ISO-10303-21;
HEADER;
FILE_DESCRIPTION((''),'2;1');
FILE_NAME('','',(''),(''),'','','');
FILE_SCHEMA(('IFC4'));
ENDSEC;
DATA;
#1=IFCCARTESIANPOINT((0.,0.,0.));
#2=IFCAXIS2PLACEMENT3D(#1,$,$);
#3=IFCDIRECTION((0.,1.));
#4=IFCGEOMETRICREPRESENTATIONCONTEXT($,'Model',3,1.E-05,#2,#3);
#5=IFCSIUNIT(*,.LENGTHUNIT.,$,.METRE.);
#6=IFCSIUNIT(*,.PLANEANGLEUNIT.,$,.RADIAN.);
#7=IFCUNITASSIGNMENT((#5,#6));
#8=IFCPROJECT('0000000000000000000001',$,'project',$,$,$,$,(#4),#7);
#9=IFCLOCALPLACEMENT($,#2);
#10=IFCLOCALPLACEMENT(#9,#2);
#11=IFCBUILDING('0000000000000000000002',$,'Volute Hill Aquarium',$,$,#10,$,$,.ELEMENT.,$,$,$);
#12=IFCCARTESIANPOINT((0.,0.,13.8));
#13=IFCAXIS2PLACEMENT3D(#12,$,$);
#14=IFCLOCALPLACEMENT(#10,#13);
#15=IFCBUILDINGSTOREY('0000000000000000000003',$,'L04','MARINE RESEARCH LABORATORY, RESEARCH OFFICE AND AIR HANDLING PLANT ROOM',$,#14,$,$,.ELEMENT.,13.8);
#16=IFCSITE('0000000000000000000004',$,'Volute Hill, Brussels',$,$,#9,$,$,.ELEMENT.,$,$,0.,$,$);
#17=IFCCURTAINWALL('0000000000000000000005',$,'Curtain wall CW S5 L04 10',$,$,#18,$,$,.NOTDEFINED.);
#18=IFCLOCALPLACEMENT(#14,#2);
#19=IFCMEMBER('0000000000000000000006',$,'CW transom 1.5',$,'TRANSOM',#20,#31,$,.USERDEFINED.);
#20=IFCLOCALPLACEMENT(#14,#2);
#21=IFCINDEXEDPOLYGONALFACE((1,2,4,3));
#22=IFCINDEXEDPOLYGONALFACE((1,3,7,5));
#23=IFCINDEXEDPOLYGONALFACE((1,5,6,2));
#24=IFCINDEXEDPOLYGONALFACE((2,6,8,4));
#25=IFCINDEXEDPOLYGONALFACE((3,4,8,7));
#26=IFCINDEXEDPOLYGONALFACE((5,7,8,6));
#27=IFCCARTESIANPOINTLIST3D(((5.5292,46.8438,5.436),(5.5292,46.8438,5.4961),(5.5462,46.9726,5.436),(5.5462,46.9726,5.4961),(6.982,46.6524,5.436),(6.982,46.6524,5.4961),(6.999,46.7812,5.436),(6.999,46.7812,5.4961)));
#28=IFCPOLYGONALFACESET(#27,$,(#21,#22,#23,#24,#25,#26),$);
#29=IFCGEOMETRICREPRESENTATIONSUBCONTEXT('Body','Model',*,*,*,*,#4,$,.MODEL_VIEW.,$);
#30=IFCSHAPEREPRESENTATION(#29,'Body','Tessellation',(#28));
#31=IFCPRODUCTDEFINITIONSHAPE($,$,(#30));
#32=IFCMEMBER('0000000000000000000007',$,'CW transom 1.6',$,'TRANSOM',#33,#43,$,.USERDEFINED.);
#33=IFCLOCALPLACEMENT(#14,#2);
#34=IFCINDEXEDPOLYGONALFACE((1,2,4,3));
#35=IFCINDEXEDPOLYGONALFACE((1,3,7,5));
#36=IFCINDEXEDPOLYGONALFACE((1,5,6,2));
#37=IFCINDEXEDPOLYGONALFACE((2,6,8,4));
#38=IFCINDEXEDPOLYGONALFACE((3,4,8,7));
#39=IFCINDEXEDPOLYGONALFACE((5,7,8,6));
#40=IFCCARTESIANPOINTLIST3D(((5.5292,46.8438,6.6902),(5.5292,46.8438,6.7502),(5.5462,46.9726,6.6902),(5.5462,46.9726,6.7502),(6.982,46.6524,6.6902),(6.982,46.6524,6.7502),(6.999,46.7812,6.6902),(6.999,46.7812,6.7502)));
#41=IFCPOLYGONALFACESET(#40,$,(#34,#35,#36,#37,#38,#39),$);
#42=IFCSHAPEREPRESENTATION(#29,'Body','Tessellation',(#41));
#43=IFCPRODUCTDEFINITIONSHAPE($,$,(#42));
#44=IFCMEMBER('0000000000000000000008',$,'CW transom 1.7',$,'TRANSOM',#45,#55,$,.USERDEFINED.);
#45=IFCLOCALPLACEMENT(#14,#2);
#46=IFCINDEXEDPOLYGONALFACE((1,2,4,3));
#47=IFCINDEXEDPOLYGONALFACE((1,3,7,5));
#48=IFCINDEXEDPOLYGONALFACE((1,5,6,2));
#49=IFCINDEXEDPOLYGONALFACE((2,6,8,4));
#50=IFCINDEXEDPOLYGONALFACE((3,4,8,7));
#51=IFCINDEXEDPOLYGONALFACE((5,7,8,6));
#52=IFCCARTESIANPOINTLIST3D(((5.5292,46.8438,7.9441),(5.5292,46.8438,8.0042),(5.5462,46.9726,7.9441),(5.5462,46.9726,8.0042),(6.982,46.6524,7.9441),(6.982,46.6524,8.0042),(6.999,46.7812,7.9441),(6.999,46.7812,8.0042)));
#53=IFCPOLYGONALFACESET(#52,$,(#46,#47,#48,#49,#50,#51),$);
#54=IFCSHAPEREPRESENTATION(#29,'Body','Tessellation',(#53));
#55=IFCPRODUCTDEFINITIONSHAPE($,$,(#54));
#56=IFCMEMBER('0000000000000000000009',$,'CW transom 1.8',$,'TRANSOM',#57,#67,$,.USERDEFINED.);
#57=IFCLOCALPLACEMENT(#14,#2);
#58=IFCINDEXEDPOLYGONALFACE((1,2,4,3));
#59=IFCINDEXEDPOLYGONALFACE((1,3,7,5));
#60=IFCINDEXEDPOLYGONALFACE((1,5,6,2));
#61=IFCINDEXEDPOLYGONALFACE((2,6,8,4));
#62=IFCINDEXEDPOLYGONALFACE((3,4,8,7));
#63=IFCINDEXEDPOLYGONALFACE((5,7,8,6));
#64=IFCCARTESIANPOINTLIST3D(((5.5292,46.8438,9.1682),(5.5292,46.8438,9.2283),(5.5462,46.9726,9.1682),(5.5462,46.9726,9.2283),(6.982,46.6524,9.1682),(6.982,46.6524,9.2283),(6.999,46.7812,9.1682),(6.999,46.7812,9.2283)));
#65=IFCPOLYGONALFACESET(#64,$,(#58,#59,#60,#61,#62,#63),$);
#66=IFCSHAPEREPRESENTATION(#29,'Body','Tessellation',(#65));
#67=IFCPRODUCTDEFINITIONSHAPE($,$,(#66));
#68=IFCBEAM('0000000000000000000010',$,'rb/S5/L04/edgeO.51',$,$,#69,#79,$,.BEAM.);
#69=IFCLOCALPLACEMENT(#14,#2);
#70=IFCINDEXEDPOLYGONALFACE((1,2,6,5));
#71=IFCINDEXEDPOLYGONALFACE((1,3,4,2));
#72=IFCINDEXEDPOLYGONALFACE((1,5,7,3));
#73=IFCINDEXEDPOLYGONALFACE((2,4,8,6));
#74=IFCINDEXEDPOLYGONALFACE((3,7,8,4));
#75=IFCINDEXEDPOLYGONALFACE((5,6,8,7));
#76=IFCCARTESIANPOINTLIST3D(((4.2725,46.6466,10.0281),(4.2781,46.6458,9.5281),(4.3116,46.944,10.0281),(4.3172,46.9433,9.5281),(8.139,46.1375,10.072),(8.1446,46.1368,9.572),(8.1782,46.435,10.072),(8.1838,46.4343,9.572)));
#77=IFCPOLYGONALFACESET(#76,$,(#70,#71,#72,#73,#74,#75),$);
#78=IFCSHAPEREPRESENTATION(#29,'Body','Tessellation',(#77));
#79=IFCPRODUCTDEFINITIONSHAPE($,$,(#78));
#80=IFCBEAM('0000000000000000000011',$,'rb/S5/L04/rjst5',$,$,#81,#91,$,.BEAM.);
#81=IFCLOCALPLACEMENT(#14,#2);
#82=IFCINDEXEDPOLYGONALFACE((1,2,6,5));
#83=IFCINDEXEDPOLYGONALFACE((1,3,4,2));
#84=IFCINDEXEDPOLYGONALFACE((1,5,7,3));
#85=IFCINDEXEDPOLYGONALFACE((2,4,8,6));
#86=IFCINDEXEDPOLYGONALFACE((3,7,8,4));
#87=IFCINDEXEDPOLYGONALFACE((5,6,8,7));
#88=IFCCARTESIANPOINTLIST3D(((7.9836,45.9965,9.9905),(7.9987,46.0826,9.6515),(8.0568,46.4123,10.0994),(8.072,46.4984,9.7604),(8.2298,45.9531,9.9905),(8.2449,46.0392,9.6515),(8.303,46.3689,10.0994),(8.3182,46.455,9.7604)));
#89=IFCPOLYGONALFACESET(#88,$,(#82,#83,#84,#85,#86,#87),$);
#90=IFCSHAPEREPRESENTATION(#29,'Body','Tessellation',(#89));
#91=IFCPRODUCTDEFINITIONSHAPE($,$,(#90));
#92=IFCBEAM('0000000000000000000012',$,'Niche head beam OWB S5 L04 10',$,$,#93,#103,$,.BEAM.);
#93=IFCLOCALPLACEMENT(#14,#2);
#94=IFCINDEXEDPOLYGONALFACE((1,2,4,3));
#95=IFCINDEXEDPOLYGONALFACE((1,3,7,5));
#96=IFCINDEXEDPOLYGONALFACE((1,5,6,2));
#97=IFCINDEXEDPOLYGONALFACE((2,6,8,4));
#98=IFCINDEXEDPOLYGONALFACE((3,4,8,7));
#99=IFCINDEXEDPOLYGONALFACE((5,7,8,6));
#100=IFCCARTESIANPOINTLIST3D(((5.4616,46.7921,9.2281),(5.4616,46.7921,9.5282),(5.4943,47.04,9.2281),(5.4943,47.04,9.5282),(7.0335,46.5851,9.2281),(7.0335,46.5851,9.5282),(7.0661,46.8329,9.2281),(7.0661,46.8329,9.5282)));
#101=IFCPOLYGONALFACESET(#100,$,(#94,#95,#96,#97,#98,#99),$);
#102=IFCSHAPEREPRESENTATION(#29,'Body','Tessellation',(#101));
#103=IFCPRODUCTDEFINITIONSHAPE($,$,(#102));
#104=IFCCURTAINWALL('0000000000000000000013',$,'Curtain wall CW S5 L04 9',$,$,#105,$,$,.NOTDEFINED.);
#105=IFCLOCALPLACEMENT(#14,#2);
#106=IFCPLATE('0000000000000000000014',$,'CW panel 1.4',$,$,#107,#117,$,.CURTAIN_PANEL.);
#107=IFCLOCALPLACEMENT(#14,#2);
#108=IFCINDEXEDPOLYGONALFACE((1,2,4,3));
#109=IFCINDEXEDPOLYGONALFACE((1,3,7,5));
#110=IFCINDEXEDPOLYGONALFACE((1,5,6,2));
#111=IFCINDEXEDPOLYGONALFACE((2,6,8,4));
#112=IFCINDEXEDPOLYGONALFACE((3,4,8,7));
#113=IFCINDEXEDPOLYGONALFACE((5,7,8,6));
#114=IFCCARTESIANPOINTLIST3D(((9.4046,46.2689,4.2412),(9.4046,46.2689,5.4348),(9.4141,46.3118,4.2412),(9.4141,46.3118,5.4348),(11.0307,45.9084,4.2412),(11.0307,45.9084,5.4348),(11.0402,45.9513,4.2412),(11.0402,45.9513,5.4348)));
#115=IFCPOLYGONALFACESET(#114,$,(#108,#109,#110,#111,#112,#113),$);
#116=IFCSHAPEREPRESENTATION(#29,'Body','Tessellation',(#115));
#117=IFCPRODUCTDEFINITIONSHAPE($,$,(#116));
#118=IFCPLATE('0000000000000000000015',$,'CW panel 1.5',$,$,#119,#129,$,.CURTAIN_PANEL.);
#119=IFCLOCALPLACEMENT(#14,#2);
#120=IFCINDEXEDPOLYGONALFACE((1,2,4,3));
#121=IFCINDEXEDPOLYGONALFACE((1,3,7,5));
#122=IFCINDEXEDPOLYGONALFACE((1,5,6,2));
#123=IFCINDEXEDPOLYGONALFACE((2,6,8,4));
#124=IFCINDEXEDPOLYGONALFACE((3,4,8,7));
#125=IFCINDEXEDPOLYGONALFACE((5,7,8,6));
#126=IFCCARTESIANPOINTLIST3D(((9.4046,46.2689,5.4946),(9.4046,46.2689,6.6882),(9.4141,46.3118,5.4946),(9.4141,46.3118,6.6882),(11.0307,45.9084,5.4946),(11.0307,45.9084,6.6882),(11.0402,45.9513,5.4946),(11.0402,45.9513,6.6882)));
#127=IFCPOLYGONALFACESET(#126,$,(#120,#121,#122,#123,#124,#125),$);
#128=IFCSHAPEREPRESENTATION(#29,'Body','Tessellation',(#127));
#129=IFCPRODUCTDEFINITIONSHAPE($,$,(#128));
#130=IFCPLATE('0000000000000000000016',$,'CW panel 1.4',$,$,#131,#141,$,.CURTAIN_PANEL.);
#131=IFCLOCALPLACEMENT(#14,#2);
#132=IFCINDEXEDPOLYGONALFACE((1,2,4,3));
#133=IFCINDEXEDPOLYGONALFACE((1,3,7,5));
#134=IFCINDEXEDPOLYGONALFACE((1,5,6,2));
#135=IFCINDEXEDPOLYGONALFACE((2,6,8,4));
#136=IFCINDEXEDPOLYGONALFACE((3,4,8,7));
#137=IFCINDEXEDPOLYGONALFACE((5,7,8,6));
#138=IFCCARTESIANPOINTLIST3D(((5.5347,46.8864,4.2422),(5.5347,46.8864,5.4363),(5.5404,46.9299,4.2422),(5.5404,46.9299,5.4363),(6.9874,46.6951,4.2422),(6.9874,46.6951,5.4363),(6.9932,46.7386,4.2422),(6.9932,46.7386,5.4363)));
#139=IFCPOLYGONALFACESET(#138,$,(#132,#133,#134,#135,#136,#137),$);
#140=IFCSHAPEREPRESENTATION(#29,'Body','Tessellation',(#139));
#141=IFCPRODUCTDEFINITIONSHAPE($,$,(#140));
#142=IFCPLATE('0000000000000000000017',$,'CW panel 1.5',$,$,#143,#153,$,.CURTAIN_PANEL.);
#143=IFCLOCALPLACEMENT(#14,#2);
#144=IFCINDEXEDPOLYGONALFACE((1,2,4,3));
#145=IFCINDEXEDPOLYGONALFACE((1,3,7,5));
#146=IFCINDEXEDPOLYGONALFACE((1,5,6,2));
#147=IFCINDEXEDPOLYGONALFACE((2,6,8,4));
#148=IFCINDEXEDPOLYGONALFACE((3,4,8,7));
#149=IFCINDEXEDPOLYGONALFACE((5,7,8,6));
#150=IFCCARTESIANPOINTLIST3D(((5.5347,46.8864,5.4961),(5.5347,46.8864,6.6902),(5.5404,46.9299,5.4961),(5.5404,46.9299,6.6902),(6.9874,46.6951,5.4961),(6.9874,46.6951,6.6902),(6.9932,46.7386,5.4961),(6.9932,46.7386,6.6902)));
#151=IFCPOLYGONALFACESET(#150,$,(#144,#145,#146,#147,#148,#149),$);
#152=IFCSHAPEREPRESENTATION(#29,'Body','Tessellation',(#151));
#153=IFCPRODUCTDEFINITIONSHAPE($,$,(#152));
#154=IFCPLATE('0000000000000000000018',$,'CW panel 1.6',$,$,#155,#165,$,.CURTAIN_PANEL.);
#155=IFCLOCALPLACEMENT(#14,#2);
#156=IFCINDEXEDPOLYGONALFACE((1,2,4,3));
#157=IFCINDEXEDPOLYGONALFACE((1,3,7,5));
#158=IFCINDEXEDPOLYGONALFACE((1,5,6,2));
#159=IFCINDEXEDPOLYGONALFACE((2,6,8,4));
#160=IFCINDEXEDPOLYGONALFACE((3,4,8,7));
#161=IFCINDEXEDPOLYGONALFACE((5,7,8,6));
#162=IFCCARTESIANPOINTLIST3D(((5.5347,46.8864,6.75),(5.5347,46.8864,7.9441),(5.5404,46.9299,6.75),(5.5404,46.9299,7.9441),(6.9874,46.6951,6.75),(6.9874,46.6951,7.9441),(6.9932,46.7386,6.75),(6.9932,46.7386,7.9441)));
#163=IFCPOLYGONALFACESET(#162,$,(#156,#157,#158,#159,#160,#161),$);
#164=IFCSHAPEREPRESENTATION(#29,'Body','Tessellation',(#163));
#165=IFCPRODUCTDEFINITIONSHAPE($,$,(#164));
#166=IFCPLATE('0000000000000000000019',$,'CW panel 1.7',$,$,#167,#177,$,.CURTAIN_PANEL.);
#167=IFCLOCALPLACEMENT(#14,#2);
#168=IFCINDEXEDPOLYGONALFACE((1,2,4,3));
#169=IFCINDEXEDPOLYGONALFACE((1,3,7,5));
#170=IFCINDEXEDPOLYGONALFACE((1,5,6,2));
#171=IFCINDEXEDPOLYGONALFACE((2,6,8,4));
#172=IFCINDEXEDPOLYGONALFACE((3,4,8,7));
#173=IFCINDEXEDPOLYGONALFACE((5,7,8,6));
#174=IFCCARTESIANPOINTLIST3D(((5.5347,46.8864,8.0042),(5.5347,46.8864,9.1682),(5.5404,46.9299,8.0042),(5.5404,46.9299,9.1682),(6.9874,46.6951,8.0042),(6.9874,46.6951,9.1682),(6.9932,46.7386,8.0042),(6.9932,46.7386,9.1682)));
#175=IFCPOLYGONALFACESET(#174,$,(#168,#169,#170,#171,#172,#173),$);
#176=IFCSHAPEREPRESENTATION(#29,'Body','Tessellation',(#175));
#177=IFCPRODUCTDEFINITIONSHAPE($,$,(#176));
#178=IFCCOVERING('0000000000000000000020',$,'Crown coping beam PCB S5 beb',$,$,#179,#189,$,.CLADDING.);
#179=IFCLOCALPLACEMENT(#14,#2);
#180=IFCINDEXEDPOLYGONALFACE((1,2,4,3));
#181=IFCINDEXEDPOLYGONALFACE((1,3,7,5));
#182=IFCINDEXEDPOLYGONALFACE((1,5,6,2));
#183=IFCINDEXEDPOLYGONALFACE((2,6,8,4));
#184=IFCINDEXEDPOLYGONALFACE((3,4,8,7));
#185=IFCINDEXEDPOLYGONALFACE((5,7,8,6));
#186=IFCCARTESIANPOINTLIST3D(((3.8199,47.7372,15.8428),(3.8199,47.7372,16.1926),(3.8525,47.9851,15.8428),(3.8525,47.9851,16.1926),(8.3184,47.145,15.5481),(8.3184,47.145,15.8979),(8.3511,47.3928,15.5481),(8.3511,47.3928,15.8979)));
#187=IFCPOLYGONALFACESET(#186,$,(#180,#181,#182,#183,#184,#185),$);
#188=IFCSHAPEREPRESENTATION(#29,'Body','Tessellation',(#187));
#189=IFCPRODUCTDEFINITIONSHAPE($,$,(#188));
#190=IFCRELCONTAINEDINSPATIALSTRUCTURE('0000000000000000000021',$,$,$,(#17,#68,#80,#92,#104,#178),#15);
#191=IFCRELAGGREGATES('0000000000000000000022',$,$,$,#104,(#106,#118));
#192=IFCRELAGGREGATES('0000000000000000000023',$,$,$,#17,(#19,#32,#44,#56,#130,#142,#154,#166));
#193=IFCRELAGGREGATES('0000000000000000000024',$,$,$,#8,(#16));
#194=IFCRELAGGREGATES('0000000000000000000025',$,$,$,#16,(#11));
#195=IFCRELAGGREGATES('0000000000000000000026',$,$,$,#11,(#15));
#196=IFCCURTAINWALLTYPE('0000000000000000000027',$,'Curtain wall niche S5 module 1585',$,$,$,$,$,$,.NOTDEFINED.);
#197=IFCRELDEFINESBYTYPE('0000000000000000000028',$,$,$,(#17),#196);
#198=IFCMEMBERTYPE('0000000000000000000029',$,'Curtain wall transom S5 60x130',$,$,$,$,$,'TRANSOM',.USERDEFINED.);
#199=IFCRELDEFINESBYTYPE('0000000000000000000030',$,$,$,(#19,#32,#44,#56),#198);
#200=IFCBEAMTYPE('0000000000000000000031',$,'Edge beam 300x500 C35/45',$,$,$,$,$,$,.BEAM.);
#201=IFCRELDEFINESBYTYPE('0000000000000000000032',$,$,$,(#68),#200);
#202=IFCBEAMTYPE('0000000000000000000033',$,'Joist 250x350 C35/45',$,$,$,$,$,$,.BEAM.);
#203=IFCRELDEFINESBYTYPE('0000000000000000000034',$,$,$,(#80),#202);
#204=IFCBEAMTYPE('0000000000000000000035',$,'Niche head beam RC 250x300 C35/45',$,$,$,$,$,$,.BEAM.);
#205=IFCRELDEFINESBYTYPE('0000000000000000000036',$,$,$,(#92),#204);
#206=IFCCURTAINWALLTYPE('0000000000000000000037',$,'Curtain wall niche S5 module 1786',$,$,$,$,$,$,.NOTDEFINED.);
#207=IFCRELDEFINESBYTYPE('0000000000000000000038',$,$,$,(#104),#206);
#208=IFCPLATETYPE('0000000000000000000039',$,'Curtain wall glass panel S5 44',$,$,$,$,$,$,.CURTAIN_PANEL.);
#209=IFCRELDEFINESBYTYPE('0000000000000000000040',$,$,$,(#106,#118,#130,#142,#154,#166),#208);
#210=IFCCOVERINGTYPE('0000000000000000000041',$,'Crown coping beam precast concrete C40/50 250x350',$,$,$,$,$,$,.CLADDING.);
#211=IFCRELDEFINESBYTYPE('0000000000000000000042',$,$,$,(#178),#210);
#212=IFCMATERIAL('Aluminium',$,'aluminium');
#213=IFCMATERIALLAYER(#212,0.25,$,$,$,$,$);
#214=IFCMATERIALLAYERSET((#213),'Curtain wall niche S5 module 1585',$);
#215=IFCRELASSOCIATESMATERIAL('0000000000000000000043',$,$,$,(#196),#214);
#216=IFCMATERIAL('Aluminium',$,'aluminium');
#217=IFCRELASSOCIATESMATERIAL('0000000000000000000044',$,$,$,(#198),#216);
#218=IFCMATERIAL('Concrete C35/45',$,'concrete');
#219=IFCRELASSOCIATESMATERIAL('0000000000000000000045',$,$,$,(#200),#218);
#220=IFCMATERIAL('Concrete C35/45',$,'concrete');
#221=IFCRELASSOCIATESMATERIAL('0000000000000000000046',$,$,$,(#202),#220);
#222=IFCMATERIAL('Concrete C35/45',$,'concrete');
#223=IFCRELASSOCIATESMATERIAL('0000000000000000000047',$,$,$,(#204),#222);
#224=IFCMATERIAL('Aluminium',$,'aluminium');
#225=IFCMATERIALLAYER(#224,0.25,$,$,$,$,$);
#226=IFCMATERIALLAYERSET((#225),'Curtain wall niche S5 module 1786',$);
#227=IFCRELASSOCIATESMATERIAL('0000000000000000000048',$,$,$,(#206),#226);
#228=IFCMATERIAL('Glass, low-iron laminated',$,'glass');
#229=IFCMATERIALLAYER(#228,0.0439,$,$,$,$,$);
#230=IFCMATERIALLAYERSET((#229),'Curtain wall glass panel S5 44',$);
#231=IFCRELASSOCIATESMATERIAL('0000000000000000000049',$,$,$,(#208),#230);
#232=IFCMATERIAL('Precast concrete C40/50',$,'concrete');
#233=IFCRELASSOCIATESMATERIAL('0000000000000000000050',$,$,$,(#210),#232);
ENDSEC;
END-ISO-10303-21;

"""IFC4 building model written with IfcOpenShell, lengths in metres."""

from ifc_helpers import new_model, si_unit, direction, frame, origin, origin_2d, place, context, subcontext, project, spatial, polyline, rectangle, outline, extrude, material, layer, layer_set, material_profile, profile_set, type_object, element, aggregate, save


model = new_model("IFC4")

# Units and contexts
model_context = context("Model", 3, precision=1e-05, world=origin(), true_north=direction((0.0, 1.0)))
body_context = subcontext(model_context, "Body", "Model", "MODEL_VIEW")
ifc_project = project(units=[si_unit("LENGTHUNIT", "METRE"), si_unit("PLANEANGLEUNIT", "RADIAN")], contexts=[model_context])

# Site, building, storey
site_placement = place(None, origin())
site = spatial("IfcSite", under=ifc_project, at=site_placement, Name="Volute Hill, Brussels", CompositionType="ELEMENT", RefElevation=0.0)
building_placement = place(site_placement, origin())
building = spatial("IfcBuilding", under=site, at=building_placement, Name="Volute Hill Aquarium", CompositionType="ELEMENT")
storey_placement = place(building_placement, frame((0.0, 0.0, 13.8)))
storey = spatial("IfcBuildingStorey", under=building, at=storey_placement, Name="L04", Description="MARINE RESEARCH LABORATORY, RESEARCH OFFICE AND AIR HANDLING PLANT ROOM", CompositionType="ELEMENT", Elevation=13.8)

# Curtain wall, members
ifc_material_1 = material(Name="Aluminium", Category="aluminium")
ifc_layer_1 = layer(ifc_material_1, 0.25)
ifc_layer_set_1 = layer_set([ifc_layer_1], Name="Curtain wall niche S5 module 1585")
curtain_wall_type_1 = type_object("IfcCurtainWallType", Name="Curtain wall niche S5 module 1585", PredefinedType="NOTDEFINED", material=ifc_layer_set_1)
curtain_wall_1_placement = place(storey_placement, origin())
curtain_wall_1 = element("IfcCurtainWall", 1, at=curtain_wall_1_placement, inside=storey, type_object=curtain_wall_type_1, Name="Curtain wall CW S5 L04 10", PredefinedType="NOTDEFINED")
ifc_material_2 = material(Name="Aluminium", Category="aluminium")
ifc_material_profile_1 = material_profile(ifc_material_2, rectangle(XDim=0.1299, YDim=0.0601, at=origin_2d()), Name="Curtain wall transom S5 60x130")
ifc_profile_set_1 = profile_set([ifc_material_profile_1], Name="Aluminium")
member_type = type_object("IfcMemberType", Name="Curtain wall transom S5 60x130", ElementType="TRANSOM", PredefinedType="USERDEFINED", material=ifc_profile_set_1)
member_1_placement = place(storey_placement, frame((6.9905, 46.7168, 5.4661), z_axis=(-0.991433, 0.130614, 0.0), x_axis=(-0.130614, -0.991433, 0.0)))
member_1 = element("IfcMember", 2, at=member_1_placement, type_object=member_type, Name="CW transom 1.5", ObjectType="TRANSOM", PredefinedType="USERDEFINED", context=body_context, shape_type="SweptSolid", body=[
    extrude(rectangle(XDim=0.1299, YDim=0.0601, at=origin_2d()), origin(), (0.0, 0.0, 1.0), 1.4653),
])
member_2_placement = place(storey_placement, frame((6.9905, 46.7168, 6.7202), z_axis=(-0.991433, 0.130614, 0.0), x_axis=(-0.130614, -0.991433, 0.0)))
member_2 = element("IfcMember", 3, at=member_2_placement, type_object=member_type, Name="CW transom 1.6", ObjectType="TRANSOM", PredefinedType="USERDEFINED", context=body_context, shape_type="SweptSolid", body=[
    extrude(rectangle(XDim=0.1299, YDim=0.0601, at=origin_2d()), origin(), (0.0, 0.0, 1.0), 1.4653),
])
member_3_placement = place(storey_placement, frame((6.9905, 46.7168, 7.9741), z_axis=(-0.991433, 0.130614, 0.0), x_axis=(-0.130614, -0.991433, 0.0)))
member_3 = element("IfcMember", 4, at=member_3_placement, type_object=member_type, Name="CW transom 1.7", ObjectType="TRANSOM", PredefinedType="USERDEFINED", context=body_context, shape_type="SweptSolid", body=[
    extrude(rectangle(XDim=0.1299, YDim=0.0601, at=origin_2d()), origin(), (0.0, 0.0, 1.0), 1.4653),
])
member_4_placement = place(storey_placement, frame((6.9905, 46.7168, 9.1982), z_axis=(-0.991433, 0.130614, 0.0), x_axis=(-0.130614, -0.991433, 0.0)))
member_4 = element("IfcMember", 5, at=member_4_placement, type_object=member_type, Name="CW transom 1.8", ObjectType="TRANSOM", PredefinedType="USERDEFINED", context=body_context, shape_type="SweptSolid", body=[
    extrude(rectangle(XDim=0.1299, YDim=0.0601, at=origin_2d()), origin(), (0.0, 0.0, 1.0), 1.4653),
])

# Beams
ifc_material_3 = material(Name="Concrete C35/45", Category="concrete")
ifc_material_profile_2 = material_profile(ifc_material_3, rectangle(XDim=0.3, YDim=0.5, at=origin_2d()), Name="RC edge beam 300x500")
ifc_profile_set_2 = profile_set([ifc_material_profile_2], Name="Concrete C35/45")
beam_type_1 = type_object("IfcBeamType", Name="Edge beam 300x500 C35/45", PredefinedType="BEAM", material=ifc_profile_set_2)
beam_1_placement = place(storey_placement, frame((8.1614, 46.2859, 9.822), z_axis=(-0.991382, 0.130519, -0.011268), x_axis=(-0.130527, -0.991445, 0.0)))
element("IfcBeam", 6, at=beam_1_placement, inside=storey, type_object=beam_type_1, Name="rb/S5/L04/edgeO.51", PredefinedType="BEAM", context=body_context, shape_type="SweptSolid", body=[
    extrude(rectangle(XDim=0.3, YDim=0.5, at=origin_2d()), origin(), (0.0, 0.0, 1.0), 3.9001),
])
ifc_material_4 = material(Name="Concrete C35/45", Category="concrete")
ifc_material_profile_3 = material_profile(ifc_material_4, rectangle(XDim=0.25, YDim=0.3501, at=origin_2d()), Name="RC joist 250x350")
ifc_profile_set_3 = profile_set([ifc_material_profile_3], Name="Concrete C35/45")
beam_type_2 = type_object("IfcBeamType", Name="Joist 250x350 C35/45", PredefinedType="BEAM", material=ifc_profile_set_3)
beam_2_placement = place(storey_placement, frame((8.1143, 46.0178, 9.821), z_axis=(0.167991, 0.953628, 0.249746), x_axis=(-0.984836, 0.173488, 0.0)))
element("IfcBeam", 7, at=beam_2_placement, inside=storey, type_object=beam_type_2, Name="rb/S5/L04/rjst5", PredefinedType="BEAM", context=body_context, shape_type="SweptSolid", body=[
    extrude(rectangle(XDim=0.25, YDim=0.3501, at=origin_2d()), origin(), (0.0, 0.0, 1.0), 0.436),
])
ifc_material_5 = material(Name="Concrete C35/45", Category="concrete")
ifc_material_profile_4 = material_profile(ifc_material_5, rectangle(XDim=0.25, YDim=0.3, at=origin_2d()), Name="RC beam 250x300")
ifc_profile_set_4 = profile_set([ifc_material_profile_4], Name="Concrete C35/45")
beam_type_3 = type_object("IfcBeamType", Name="Niche head beam RC 250x300 C35/45", PredefinedType="BEAM", material=ifc_profile_set_4)
beam_3_placement = place(storey_placement, frame((7.0498, 46.709, 9.3782), z_axis=(-0.991436, 0.13059, 0.0), x_axis=(-0.13059, -0.991436, 0.0)))
element("IfcBeam", 8, at=beam_3_placement, inside=storey, type_object=beam_type_3, Name="Niche head beam OWB S5 L04 10", PredefinedType="BEAM", context=body_context, shape_type="SweptSolid", body=[
    extrude(rectangle(XDim=0.25, YDim=0.3, at=origin_2d()), origin(), (0.0, 0.0, 1.0), 1.5854),
])

# Curtain wall, plates
ifc_material_6 = material(Name="Aluminium", Category="aluminium")
ifc_layer_2 = layer(ifc_material_6, 0.25)
ifc_layer_set_2 = layer_set([ifc_layer_2], Name="Curtain wall niche S5 module 1786")
curtain_wall_type_2 = type_object("IfcCurtainWallType", Name="Curtain wall niche S5 module 1786", PredefinedType="NOTDEFINED", material=ifc_layer_set_2)
curtain_wall_2_placement = place(storey_placement, origin())
curtain_wall_2 = element("IfcCurtainWall", 9, at=curtain_wall_2_placement, inside=storey, type_object=curtain_wall_type_2, Name="Curtain wall CW S5 L04 9", PredefinedType="NOTDEFINED")
ifc_material_7 = material(Name="Glass, low-iron laminated", Category="glass")
ifc_layer_3 = layer(ifc_material_7, 0.0439)
ifc_layer_set_3 = layer_set([ifc_layer_3], Name="Curtain wall glass panel S5 44")
plate_type = type_object("IfcPlateType", Name="Curtain wall glass panel S5 44", PredefinedType="CURTAIN_PANEL", material=ifc_layer_set_3)
plate_1_placement = place(storey_placement, frame((10.2224, 46.1101, 4.2412), z_axis=(0.0, 0.0, 1.0), x_axis=(-0.9763, 0.216422, 0.0)))
plate_1 = element("IfcPlate", 10, at=plate_1_placement, type_object=plate_type, Name="CW panel 1.4", PredefinedType="CURTAIN_PANEL", context=body_context, shape_type="SweptSolid", body=[
    extrude(rectangle(XDim=1.6655, YDim=0.0439, at=origin_2d()), origin(), (0.0, 0.0, 1.0), 1.1936),
])
plate_2_placement = place(storey_placement, frame((10.2224, 46.1101, 5.4946), z_axis=(0.0, 0.0, 1.0), x_axis=(-0.9763, 0.216422, 0.0)))
plate_2 = element("IfcPlate", 11, at=plate_2_placement, type_object=plate_type, Name="CW panel 1.5", PredefinedType="CURTAIN_PANEL", context=body_context, shape_type="SweptSolid", body=[
    extrude(rectangle(XDim=1.6655, YDim=0.0439, at=origin_2d()), origin(), (0.0, 0.0, 1.0), 1.1936),
])
aggregate(curtain_wall_2, [plate_1, plate_2])

# Plates
plate_3_placement = place(storey_placement, frame((6.2639, 46.8125, 4.2422), z_axis=(0.0, 0.0, 1.0), x_axis=(-0.991443, 0.130539, 0.0)))
plate_3 = element("IfcPlate", 12, at=plate_3_placement, type_object=plate_type, Name="CW panel 1.4", PredefinedType="CURTAIN_PANEL", context=body_context, shape_type="SweptSolid", body=[
    extrude(rectangle(XDim=1.4653, YDim=0.0439, at=origin_2d()), origin(), (0.0, 0.0, 1.0), 1.1941),
])
plate_4_placement = place(storey_placement, frame((6.2639, 46.8125, 5.4961), z_axis=(0.0, 0.0, 1.0), x_axis=(-0.991443, 0.130539, 0.0)))
plate_4 = element("IfcPlate", 13, at=plate_4_placement, type_object=plate_type, Name="CW panel 1.5", PredefinedType="CURTAIN_PANEL", context=body_context, shape_type="SweptSolid", body=[
    extrude(rectangle(XDim=1.4653, YDim=0.0439, at=origin_2d()), origin(), (0.0, 0.0, 1.0), 1.1941),
])
plate_5_placement = place(storey_placement, frame((6.2639, 46.8125, 6.75), z_axis=(0.0, 0.0, 1.0), x_axis=(-0.991443, 0.130539, 0.0)))
plate_5 = element("IfcPlate", 14, at=plate_5_placement, type_object=plate_type, Name="CW panel 1.6", PredefinedType="CURTAIN_PANEL", context=body_context, shape_type="SweptSolid", body=[
    extrude(rectangle(XDim=1.4653, YDim=0.0439, at=origin_2d()), origin(), (0.0, 0.0, 1.0), 1.1941),
])
plate_6_placement = place(storey_placement, frame((6.2639, 46.8125, 8.0042), z_axis=(0.0, 0.0, 1.0), x_axis=(-0.991443, 0.130539, 0.0)))
plate_6 = element("IfcPlate", 15, at=plate_6_placement, type_object=plate_type, Name="CW panel 1.7", PredefinedType="CURTAIN_PANEL", context=body_context, shape_type="SweptSolid", body=[
    extrude(rectangle(XDim=1.4653, YDim=0.0439, at=origin_2d()), origin(), (0.0, 0.0, 1.0), 1.1641),
])
aggregate(curtain_wall_1, [member_1, member_2, member_3, member_4, plate_3, plate_4, plate_5, plate_6])

# Covering
ifc_material_8 = material(Name="Precast concrete C40/50", Category="concrete")
covering_type_1 = type_object("IfcCoveringType", Name="Crown coping beam precast concrete C40/50 250x350", PredefinedType="CLADDING", material=ifc_material_8)
covering_1_placement = place(storey_placement, frame((8.3511, 47.3928, 15.5481), z_axis=(0.130535, 0.991444, 0.0), x_axis=(-0.989359, 0.130261, 0.064808)))
element("IfcCovering", 16, at=covering_1_placement, inside=storey, type_object=covering_type_1, Name="Crown coping beam PCB S5 beb", PredefinedType="CLADDING", context=body_context, shape_type="SweptSolid", body=[
    extrude(outline(polyline([(0.0, 0.0), (4.5469, 0.0), (4.5696, 0.3491), (0.0227, 0.3491), (0.0, 0.0)])), origin(), (0.0, 0.0, -1.0), 0.25),
])

save(model, "model.ifc")
